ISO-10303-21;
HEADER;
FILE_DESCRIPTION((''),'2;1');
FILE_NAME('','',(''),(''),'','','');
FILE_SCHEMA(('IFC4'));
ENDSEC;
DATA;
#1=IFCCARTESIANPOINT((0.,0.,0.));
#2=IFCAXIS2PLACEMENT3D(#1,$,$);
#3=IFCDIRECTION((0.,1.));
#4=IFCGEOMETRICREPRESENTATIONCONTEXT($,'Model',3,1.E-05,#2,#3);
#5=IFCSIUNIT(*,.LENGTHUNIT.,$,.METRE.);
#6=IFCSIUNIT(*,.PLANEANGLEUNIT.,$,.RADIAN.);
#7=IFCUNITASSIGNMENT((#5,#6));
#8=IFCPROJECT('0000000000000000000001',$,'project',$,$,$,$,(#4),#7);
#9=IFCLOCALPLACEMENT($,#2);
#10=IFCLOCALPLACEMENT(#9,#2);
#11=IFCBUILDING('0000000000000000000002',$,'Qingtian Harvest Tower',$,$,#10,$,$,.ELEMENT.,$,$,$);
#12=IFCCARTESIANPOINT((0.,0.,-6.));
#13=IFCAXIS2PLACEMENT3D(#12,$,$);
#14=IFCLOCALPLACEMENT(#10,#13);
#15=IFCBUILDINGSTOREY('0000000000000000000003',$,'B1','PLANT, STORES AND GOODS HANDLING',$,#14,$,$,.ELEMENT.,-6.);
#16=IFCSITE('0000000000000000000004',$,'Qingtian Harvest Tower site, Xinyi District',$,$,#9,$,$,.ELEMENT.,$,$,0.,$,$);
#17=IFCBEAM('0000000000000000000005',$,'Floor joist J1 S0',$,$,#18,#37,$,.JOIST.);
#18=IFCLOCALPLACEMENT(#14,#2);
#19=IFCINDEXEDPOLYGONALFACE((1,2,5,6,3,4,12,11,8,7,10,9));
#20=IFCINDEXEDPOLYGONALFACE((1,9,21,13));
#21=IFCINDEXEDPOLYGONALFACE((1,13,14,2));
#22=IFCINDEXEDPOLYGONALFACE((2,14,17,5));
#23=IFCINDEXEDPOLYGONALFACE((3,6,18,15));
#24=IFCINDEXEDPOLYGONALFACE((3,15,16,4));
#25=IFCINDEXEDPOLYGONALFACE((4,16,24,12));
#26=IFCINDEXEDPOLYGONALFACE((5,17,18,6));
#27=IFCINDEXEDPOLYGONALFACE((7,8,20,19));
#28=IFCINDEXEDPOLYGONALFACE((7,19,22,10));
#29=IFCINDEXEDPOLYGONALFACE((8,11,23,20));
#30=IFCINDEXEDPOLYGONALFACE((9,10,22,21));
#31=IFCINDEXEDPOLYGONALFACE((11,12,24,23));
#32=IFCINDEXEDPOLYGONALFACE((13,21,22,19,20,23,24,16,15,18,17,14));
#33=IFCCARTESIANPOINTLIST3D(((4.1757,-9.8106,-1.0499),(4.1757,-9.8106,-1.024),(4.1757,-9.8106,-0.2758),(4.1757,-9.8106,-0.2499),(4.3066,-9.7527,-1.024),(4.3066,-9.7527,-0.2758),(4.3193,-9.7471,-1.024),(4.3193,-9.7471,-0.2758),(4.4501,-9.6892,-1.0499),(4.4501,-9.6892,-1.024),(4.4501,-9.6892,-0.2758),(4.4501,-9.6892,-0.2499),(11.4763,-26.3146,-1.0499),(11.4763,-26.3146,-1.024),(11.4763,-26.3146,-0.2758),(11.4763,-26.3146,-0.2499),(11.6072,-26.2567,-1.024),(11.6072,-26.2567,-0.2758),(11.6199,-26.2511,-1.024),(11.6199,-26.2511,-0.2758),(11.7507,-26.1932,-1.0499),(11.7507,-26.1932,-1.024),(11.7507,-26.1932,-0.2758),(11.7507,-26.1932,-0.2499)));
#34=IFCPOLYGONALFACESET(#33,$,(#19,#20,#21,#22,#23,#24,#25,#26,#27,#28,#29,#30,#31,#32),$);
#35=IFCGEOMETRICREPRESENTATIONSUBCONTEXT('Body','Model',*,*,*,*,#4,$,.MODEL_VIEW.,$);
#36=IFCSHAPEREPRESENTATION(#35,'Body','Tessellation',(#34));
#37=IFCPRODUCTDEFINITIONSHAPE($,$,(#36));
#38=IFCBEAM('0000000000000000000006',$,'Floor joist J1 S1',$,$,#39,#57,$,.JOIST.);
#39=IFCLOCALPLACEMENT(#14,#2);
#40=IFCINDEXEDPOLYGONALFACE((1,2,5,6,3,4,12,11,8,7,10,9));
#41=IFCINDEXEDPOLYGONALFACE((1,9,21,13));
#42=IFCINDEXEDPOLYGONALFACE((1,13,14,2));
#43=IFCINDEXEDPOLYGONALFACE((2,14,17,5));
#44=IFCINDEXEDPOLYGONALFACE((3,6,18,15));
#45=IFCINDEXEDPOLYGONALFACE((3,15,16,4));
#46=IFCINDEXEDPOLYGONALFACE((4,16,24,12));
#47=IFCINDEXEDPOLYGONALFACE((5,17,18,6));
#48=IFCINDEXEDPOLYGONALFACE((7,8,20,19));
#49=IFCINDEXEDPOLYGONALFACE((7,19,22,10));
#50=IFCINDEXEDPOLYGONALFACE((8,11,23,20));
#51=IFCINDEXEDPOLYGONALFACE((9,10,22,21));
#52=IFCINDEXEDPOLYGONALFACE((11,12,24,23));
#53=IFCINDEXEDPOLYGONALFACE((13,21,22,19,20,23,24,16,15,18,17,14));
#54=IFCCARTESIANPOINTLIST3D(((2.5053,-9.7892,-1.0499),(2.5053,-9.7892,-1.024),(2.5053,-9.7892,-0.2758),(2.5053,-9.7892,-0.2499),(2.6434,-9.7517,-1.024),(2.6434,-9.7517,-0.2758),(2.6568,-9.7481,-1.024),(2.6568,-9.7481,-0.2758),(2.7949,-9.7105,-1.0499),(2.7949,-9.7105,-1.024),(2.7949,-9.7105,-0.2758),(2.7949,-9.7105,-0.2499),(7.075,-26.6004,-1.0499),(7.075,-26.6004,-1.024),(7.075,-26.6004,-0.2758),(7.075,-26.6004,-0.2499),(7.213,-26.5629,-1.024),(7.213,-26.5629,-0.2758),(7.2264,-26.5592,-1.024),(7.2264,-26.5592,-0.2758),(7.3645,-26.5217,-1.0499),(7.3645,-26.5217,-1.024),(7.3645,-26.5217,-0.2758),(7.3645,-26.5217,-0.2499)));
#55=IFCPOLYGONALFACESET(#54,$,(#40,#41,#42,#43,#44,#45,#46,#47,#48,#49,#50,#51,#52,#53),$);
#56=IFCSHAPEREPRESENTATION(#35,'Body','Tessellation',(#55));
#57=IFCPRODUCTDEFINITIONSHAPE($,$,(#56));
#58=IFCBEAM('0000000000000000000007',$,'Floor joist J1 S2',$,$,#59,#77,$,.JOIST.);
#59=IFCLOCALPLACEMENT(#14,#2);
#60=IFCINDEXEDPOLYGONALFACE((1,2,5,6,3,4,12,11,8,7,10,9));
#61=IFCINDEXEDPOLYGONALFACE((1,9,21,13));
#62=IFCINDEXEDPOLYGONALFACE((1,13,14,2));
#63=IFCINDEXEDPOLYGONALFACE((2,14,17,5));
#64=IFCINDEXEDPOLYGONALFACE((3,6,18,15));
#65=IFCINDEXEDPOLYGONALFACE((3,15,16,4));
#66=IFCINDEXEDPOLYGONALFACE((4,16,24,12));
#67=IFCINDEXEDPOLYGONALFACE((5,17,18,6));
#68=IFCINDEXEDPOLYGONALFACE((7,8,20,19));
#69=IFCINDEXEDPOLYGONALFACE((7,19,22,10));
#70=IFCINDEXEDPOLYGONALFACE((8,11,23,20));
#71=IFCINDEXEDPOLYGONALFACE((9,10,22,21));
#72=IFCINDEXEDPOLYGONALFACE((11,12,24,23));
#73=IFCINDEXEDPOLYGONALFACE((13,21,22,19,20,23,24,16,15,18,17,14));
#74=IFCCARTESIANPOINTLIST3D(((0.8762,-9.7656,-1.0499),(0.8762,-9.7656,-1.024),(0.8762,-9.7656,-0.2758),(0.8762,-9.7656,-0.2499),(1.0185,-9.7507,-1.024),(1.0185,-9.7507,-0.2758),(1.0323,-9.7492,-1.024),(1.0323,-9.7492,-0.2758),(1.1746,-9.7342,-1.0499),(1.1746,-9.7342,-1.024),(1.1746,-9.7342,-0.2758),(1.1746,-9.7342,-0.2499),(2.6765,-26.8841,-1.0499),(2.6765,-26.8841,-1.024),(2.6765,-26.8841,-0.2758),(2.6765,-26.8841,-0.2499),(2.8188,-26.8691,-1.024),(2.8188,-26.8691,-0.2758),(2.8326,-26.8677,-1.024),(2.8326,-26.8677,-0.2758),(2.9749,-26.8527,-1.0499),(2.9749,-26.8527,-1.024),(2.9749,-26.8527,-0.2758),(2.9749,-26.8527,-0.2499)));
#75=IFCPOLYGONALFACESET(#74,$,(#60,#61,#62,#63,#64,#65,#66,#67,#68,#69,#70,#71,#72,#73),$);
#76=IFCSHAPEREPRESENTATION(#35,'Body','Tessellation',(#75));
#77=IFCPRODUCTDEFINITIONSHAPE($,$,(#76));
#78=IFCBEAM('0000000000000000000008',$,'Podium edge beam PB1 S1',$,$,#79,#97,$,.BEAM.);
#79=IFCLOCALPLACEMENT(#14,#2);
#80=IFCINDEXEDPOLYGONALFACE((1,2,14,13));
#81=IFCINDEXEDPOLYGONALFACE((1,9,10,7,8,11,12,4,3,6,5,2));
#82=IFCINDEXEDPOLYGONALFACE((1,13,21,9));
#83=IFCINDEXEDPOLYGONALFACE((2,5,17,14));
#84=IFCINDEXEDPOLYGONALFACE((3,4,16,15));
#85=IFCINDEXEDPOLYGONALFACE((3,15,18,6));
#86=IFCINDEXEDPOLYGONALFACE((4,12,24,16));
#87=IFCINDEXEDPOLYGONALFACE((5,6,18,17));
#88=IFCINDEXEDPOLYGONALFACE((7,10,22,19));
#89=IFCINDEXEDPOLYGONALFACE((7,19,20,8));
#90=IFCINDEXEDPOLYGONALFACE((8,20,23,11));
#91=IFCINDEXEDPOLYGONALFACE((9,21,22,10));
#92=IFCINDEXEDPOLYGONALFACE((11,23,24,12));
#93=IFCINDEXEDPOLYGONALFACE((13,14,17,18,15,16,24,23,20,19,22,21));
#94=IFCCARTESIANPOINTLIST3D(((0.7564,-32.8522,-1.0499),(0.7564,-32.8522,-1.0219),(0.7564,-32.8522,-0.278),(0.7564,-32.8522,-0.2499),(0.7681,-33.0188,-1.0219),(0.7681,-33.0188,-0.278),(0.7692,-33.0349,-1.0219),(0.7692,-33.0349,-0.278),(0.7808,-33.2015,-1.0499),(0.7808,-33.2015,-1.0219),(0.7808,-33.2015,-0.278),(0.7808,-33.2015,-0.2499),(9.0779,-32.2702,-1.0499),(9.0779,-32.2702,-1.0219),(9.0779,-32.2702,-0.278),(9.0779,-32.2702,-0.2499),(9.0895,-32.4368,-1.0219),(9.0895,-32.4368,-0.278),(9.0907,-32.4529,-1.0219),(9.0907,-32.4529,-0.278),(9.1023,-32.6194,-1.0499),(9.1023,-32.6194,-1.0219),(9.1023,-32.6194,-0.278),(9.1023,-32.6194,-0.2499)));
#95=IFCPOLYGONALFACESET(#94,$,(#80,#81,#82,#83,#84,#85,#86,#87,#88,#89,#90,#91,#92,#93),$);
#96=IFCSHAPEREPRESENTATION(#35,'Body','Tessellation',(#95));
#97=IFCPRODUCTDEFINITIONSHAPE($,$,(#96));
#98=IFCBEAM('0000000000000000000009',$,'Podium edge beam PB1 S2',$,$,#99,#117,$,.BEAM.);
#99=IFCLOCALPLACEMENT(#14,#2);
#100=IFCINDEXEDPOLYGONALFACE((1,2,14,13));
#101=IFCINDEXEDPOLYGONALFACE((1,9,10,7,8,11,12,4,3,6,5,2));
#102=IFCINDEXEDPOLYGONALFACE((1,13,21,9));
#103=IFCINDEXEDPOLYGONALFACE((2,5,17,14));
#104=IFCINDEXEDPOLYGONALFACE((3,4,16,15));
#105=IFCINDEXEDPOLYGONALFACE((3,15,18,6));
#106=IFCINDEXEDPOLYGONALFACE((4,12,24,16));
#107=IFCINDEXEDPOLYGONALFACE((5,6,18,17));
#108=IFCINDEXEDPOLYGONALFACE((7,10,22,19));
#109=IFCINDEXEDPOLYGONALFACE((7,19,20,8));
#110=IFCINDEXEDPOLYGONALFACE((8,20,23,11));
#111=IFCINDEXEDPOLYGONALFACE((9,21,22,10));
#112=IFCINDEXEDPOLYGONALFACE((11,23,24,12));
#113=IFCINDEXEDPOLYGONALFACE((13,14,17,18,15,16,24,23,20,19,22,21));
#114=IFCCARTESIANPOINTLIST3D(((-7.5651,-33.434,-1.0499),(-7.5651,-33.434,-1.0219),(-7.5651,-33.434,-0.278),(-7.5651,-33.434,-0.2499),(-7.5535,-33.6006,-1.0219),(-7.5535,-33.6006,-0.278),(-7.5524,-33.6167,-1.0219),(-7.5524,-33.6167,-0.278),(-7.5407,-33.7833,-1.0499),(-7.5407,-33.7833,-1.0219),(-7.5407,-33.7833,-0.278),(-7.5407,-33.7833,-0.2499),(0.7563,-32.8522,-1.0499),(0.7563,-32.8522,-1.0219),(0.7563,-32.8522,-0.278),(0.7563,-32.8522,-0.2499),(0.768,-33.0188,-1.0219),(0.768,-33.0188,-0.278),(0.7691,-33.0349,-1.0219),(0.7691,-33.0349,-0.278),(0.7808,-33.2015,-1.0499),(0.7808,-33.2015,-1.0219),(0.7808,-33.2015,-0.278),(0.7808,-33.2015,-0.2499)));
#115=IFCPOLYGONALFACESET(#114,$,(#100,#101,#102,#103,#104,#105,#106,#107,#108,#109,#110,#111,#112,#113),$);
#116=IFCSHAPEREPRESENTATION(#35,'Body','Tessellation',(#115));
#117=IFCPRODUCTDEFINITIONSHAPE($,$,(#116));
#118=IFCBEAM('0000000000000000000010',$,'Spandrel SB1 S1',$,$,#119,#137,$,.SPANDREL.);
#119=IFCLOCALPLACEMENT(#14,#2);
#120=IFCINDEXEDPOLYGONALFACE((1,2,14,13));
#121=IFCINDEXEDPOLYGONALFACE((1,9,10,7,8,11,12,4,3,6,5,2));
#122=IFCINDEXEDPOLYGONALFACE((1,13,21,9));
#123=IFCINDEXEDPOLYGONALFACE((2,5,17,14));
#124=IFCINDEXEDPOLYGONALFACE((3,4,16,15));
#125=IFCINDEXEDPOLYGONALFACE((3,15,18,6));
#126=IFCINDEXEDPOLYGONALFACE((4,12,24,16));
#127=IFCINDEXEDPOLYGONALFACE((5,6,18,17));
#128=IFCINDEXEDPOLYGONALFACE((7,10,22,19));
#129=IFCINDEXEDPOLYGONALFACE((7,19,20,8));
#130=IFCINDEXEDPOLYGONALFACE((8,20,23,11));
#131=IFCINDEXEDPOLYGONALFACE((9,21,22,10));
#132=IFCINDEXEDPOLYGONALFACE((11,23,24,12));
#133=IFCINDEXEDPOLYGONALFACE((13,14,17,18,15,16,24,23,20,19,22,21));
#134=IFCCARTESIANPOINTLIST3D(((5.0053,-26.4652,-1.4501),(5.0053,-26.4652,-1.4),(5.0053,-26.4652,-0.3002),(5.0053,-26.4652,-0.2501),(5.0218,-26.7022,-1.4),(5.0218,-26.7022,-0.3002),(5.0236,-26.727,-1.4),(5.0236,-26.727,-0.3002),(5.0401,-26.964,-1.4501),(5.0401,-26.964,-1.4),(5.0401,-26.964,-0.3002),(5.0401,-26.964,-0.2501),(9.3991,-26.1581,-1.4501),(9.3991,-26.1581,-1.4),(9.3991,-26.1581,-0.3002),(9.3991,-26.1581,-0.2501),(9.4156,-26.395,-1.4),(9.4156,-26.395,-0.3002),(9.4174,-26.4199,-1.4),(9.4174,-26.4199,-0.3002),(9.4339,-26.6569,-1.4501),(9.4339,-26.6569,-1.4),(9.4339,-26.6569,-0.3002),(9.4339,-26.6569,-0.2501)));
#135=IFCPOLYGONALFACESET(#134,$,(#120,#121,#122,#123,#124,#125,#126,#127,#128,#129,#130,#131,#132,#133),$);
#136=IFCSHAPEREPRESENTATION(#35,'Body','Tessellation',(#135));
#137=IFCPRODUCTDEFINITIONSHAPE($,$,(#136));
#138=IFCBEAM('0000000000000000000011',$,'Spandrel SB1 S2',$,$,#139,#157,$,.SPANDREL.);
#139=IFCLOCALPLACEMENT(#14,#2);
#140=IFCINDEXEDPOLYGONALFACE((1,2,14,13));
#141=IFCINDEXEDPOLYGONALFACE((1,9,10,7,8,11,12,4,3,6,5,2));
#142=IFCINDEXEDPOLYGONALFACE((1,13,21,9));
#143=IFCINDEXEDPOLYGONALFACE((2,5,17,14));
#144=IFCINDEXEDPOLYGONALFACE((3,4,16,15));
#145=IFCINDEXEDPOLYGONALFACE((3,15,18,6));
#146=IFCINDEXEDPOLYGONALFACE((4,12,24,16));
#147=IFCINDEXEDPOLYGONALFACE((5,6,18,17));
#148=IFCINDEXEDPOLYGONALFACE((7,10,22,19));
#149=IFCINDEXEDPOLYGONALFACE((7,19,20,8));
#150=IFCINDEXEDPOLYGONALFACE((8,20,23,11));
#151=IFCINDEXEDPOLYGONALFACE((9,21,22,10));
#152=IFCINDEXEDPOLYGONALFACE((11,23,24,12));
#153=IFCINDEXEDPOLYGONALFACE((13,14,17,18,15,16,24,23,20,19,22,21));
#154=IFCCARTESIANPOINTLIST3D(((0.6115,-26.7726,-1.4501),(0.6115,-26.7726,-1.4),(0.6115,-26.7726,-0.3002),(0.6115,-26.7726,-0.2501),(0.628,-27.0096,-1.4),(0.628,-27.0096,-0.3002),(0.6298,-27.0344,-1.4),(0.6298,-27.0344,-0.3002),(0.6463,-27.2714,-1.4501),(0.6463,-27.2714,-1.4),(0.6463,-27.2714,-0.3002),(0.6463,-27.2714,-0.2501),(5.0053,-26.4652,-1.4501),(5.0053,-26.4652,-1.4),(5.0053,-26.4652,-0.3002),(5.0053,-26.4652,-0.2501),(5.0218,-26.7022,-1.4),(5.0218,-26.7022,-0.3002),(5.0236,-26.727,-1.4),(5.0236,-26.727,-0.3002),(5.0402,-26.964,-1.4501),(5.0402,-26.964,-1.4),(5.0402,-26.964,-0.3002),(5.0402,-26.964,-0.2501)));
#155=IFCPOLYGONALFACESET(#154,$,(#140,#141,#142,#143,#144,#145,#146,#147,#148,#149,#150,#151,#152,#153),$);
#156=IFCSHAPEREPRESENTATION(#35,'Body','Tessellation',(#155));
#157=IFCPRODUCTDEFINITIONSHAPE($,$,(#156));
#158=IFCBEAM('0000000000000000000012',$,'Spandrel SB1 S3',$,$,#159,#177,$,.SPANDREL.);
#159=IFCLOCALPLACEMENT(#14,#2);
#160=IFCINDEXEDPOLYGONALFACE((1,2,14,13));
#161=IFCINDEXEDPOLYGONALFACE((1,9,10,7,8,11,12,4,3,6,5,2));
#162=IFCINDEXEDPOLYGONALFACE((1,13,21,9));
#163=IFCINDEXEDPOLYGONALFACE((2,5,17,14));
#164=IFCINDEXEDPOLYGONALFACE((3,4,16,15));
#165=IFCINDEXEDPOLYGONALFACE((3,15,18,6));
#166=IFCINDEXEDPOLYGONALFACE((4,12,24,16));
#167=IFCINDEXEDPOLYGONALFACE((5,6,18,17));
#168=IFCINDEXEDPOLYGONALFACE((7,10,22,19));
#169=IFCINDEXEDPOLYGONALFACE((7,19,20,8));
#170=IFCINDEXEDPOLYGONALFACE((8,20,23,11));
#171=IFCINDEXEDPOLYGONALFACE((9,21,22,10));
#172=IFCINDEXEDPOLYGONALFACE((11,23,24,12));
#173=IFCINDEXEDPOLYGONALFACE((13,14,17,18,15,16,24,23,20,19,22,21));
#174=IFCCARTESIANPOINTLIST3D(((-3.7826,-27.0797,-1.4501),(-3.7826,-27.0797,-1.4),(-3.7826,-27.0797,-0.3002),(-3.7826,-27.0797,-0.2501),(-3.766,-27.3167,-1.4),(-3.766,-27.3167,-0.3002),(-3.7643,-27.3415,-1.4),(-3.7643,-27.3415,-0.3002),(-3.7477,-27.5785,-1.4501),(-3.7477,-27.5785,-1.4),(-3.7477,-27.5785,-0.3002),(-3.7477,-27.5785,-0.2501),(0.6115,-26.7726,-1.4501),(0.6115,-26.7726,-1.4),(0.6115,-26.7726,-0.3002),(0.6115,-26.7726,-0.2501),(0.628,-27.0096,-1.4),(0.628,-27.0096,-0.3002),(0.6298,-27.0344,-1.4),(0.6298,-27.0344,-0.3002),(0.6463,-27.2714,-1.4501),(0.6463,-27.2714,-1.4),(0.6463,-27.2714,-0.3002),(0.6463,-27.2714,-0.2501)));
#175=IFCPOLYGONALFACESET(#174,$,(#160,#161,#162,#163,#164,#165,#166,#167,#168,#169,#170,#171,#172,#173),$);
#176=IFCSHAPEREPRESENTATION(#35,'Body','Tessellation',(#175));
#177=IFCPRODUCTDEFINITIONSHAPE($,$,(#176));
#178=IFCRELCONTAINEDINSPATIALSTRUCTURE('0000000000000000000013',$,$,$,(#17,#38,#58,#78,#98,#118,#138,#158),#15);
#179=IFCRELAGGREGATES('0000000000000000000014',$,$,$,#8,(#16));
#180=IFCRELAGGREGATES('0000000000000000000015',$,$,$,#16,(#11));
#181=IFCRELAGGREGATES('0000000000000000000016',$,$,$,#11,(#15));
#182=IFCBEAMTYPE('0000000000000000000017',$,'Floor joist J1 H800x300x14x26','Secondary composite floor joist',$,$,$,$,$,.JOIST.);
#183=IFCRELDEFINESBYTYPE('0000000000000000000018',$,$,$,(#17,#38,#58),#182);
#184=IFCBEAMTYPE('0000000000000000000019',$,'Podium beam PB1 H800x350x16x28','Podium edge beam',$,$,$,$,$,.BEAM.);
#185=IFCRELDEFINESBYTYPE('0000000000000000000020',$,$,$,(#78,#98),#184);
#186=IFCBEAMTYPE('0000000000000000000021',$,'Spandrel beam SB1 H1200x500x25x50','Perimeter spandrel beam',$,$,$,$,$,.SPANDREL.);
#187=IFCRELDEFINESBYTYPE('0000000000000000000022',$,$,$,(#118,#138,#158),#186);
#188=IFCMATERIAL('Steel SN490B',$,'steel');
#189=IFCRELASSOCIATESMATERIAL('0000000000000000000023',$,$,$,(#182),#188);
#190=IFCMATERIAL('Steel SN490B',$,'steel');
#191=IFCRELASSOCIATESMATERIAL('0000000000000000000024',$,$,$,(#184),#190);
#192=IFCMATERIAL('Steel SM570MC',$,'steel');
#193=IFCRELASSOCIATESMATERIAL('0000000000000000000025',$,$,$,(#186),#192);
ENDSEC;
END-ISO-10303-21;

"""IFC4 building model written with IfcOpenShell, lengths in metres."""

from ifc_helpers import new_model, si_unit, direction, frame, origin, origin_2d, place, context, subcontext, project, spatial, i_section, extrude, material, material_profile, profile_set, type_object, element, save


model = new_model("IFC4")

# Units and contexts
model_context = context("Model", 3, precision=1e-05, world=origin(), true_north=direction((0.0, 1.0)))
body_context = subcontext(model_context, "Body", "Model", "MODEL_VIEW")
ifc_project = project(units=[si_unit("LENGTHUNIT", "METRE"), si_unit("PLANEANGLEUNIT", "RADIAN")], contexts=[model_context])

# Site, building, storey
site_placement = place(None, origin())
site = spatial("IfcSite", under=ifc_project, at=site_placement, Name="Qingtian Harvest Tower site, Xinyi District", CompositionType="ELEMENT", RefElevation=0.0)
building_placement = place(site_placement, origin())
building = spatial("IfcBuilding", under=site, at=building_placement, Name="Qingtian Harvest Tower", CompositionType="ELEMENT")
storey_placement = place(building_placement, frame((0.0, 0.0, -6.0)))
storey = spatial("IfcBuildingStorey", under=building, at=storey_placement, Name="B1", Description="PLANT, STORES AND GOODS HANDLING", CompositionType="ELEMENT", Elevation=-6.0)

# Beams
ifc_material_1 = material(Name="Steel SN490B", Category="steel")
ifc_material_profile_1 = material_profile(ifc_material_1, i_section(OverallWidth=0.3, OverallDepth=0.8, WebThickness=0.0139, FlangeThickness=0.0259, at=origin_2d()), Name="H800x300x14x26")
ifc_profile_set_1 = profile_set([ifc_material_profile_1], Name="Steel SN490B")
beam_type_1 = type_object("IfcBeamType", Name="Floor joist J1 H800x300x14x26", Description="Secondary composite floor joist", PredefinedType="JOIST", material=ifc_profile_set_1)
beam_1_placement = place(storey_placement, frame((11.6135, -26.2539, -0.6499), z_axis=(-0.40454, 0.91452, 0.0), x_axis=(-0.91452, -0.40454, 0.0)))
element("IfcBeam", 1, at=beam_1_placement, inside=storey, type_object=beam_type_1, Name="Floor joist J1 S0", PredefinedType="JOIST", context=body_context, shape_type="SweptSolid", body=[
    extrude(i_section(OverallWidth=0.3, OverallDepth=0.8, WebThickness=0.0139, FlangeThickness=0.0259, at=origin_2d()), origin(), (0.0, 0.0, 1.0), 18.0466),
])
beam_2_placement = place(storey_placement, frame((7.2197, -26.561, -0.6499), z_axis=(-0.262303, 0.964986, 0.0), x_axis=(-0.964986, -0.262303, 0.0)))
element("IfcBeam", 2, at=beam_2_placement, inside=storey, type_object=beam_type_1, Name="Floor joist J1 S1", PredefinedType="JOIST", context=body_context, shape_type="SweptSolid", body=[
    extrude(i_section(OverallWidth=0.3, OverallDepth=0.8, WebThickness=0.0139, FlangeThickness=0.0259, at=origin_2d()), origin(), (0.0, 0.0, 1.0), 17.4211),
])
beam_3_placement = place(storey_placement, frame((2.8257, -26.8684, -0.6499), z_axis=(-0.10459, 0.994515, 0.0), x_axis=(-0.994515, -0.10459, 0.0)))
element("IfcBeam", 3, at=beam_3_placement, inside=storey, type_object=beam_type_1, Name="Floor joist J1 S2", PredefinedType="JOIST", context=body_context, shape_type="SweptSolid", body=[
    extrude(i_section(OverallWidth=0.3, OverallDepth=0.8, WebThickness=0.0139, FlangeThickness=0.0259, at=origin_2d()), origin(), (0.0, 0.0, 1.0), 17.2129),
])
ifc_material_2 = material(Name="Steel SN490B", Category="steel")
ifc_material_profile_2 = material_profile(ifc_material_2, i_section(OverallWidth=0.3501, OverallDepth=0.8, WebThickness=0.0161, FlangeThickness=0.0281, at=origin_2d()), Name="H800x350x16x28")
ifc_profile_set_2 = profile_set([ifc_material_profile_2], Name="Steel SN490B")
beam_type_2 = type_object("IfcBeamType", Name="Podium beam PB1 H800x350x16x28", Description="Podium edge beam", PredefinedType="BEAM", material=ifc_profile_set_2)
for number, where, z_axis, x_axis, name in (
    (4, (9.0901, -32.4448, -0.6499), (-0.997563, -0.069772, 0.0), (0.069772, -0.997563, 0.0), "Podium edge beam PB1 S1"),
    (5, (0.7686, -33.0269, -0.6499), (-0.997565, -0.069743, 0.0), (0.069743, -0.997565, 0.0), "Podium edge beam PB1 S2"),
):
    element("IfcBeam", number, at=place(storey_placement, frame(where, z_axis=z_axis, x_axis=x_axis)), inside=storey, type_object=beam_type_2, Name=name, PredefinedType="BEAM", context=body_context, shape_type="SweptSolid", body=[
        extrude(i_section(OverallWidth=0.3501, OverallDepth=0.8, WebThickness=0.0161, FlangeThickness=0.0281, at=origin_2d()), origin(), (0.0, 0.0, 1.0), 8.3418),
    ])
ifc_material_3 = material(Name="Steel SM570MC", Category="steel")
ifc_material_profile_3 = material_profile(ifc_material_3, i_section(OverallWidth=0.5, OverallDepth=1.2, WebThickness=0.0249, FlangeThickness=0.05, at=origin_2d()), Name="H1200x500x25x50")
ifc_profile_set_3 = profile_set([ifc_material_profile_3], Name="Steel SM570MC")
beam_type_3 = type_object("IfcBeamType", Name="Spandrel beam SB1 H1200x500x25x50", Description="Perimeter spandrel beam", PredefinedType="SPANDREL", material=ifc_profile_set_3)
for number, where, z_axis, x_axis, name in (
    (6, (9.4165, -26.4075, -0.8501), (-0.997566, -0.06973, 0.0), (0.06973, -0.997566, 0.0), "Spandrel SB1 S1"),
    (7, (5.0227, -26.7146, -0.8501), (-0.997562, -0.069786, 0.0), (0.069786, -0.997562, 0.0), "Spandrel SB1 S2"),
):
    element("IfcBeam", number, at=place(storey_placement, frame(where, z_axis=z_axis, x_axis=x_axis)), inside=storey, type_object=beam_type_3, Name=name, PredefinedType="SPANDREL", context=body_context, shape_type="SweptSolid", body=[
        extrude(i_section(OverallWidth=0.5, OverallDepth=1.2, WebThickness=0.0249, FlangeThickness=0.05, at=origin_2d()), origin(), (0.0, 0.0, 1.0), 4.4045),
    ])
beam_4_placement = place(storey_placement, frame((0.6289, -27.022, -0.8501), z_axis=(-0.997566, -0.069727, 0.0), x_axis=(0.069727, -0.997566, 0.0)))
element("IfcBeam", 8, at=beam_4_placement, inside=storey, type_object=beam_type_3, Name="Spandrel SB1 S3", PredefinedType="SPANDREL", context=body_context, shape_type="SweptSolid", body=[
    extrude(i_section(OverallWidth=0.5, OverallDepth=1.2, WebThickness=0.0249, FlangeThickness=0.05, at=origin_2d()), origin(), (0.0, 0.0, 1.0), 4.4048),
])

save(model, "model.ifc")
